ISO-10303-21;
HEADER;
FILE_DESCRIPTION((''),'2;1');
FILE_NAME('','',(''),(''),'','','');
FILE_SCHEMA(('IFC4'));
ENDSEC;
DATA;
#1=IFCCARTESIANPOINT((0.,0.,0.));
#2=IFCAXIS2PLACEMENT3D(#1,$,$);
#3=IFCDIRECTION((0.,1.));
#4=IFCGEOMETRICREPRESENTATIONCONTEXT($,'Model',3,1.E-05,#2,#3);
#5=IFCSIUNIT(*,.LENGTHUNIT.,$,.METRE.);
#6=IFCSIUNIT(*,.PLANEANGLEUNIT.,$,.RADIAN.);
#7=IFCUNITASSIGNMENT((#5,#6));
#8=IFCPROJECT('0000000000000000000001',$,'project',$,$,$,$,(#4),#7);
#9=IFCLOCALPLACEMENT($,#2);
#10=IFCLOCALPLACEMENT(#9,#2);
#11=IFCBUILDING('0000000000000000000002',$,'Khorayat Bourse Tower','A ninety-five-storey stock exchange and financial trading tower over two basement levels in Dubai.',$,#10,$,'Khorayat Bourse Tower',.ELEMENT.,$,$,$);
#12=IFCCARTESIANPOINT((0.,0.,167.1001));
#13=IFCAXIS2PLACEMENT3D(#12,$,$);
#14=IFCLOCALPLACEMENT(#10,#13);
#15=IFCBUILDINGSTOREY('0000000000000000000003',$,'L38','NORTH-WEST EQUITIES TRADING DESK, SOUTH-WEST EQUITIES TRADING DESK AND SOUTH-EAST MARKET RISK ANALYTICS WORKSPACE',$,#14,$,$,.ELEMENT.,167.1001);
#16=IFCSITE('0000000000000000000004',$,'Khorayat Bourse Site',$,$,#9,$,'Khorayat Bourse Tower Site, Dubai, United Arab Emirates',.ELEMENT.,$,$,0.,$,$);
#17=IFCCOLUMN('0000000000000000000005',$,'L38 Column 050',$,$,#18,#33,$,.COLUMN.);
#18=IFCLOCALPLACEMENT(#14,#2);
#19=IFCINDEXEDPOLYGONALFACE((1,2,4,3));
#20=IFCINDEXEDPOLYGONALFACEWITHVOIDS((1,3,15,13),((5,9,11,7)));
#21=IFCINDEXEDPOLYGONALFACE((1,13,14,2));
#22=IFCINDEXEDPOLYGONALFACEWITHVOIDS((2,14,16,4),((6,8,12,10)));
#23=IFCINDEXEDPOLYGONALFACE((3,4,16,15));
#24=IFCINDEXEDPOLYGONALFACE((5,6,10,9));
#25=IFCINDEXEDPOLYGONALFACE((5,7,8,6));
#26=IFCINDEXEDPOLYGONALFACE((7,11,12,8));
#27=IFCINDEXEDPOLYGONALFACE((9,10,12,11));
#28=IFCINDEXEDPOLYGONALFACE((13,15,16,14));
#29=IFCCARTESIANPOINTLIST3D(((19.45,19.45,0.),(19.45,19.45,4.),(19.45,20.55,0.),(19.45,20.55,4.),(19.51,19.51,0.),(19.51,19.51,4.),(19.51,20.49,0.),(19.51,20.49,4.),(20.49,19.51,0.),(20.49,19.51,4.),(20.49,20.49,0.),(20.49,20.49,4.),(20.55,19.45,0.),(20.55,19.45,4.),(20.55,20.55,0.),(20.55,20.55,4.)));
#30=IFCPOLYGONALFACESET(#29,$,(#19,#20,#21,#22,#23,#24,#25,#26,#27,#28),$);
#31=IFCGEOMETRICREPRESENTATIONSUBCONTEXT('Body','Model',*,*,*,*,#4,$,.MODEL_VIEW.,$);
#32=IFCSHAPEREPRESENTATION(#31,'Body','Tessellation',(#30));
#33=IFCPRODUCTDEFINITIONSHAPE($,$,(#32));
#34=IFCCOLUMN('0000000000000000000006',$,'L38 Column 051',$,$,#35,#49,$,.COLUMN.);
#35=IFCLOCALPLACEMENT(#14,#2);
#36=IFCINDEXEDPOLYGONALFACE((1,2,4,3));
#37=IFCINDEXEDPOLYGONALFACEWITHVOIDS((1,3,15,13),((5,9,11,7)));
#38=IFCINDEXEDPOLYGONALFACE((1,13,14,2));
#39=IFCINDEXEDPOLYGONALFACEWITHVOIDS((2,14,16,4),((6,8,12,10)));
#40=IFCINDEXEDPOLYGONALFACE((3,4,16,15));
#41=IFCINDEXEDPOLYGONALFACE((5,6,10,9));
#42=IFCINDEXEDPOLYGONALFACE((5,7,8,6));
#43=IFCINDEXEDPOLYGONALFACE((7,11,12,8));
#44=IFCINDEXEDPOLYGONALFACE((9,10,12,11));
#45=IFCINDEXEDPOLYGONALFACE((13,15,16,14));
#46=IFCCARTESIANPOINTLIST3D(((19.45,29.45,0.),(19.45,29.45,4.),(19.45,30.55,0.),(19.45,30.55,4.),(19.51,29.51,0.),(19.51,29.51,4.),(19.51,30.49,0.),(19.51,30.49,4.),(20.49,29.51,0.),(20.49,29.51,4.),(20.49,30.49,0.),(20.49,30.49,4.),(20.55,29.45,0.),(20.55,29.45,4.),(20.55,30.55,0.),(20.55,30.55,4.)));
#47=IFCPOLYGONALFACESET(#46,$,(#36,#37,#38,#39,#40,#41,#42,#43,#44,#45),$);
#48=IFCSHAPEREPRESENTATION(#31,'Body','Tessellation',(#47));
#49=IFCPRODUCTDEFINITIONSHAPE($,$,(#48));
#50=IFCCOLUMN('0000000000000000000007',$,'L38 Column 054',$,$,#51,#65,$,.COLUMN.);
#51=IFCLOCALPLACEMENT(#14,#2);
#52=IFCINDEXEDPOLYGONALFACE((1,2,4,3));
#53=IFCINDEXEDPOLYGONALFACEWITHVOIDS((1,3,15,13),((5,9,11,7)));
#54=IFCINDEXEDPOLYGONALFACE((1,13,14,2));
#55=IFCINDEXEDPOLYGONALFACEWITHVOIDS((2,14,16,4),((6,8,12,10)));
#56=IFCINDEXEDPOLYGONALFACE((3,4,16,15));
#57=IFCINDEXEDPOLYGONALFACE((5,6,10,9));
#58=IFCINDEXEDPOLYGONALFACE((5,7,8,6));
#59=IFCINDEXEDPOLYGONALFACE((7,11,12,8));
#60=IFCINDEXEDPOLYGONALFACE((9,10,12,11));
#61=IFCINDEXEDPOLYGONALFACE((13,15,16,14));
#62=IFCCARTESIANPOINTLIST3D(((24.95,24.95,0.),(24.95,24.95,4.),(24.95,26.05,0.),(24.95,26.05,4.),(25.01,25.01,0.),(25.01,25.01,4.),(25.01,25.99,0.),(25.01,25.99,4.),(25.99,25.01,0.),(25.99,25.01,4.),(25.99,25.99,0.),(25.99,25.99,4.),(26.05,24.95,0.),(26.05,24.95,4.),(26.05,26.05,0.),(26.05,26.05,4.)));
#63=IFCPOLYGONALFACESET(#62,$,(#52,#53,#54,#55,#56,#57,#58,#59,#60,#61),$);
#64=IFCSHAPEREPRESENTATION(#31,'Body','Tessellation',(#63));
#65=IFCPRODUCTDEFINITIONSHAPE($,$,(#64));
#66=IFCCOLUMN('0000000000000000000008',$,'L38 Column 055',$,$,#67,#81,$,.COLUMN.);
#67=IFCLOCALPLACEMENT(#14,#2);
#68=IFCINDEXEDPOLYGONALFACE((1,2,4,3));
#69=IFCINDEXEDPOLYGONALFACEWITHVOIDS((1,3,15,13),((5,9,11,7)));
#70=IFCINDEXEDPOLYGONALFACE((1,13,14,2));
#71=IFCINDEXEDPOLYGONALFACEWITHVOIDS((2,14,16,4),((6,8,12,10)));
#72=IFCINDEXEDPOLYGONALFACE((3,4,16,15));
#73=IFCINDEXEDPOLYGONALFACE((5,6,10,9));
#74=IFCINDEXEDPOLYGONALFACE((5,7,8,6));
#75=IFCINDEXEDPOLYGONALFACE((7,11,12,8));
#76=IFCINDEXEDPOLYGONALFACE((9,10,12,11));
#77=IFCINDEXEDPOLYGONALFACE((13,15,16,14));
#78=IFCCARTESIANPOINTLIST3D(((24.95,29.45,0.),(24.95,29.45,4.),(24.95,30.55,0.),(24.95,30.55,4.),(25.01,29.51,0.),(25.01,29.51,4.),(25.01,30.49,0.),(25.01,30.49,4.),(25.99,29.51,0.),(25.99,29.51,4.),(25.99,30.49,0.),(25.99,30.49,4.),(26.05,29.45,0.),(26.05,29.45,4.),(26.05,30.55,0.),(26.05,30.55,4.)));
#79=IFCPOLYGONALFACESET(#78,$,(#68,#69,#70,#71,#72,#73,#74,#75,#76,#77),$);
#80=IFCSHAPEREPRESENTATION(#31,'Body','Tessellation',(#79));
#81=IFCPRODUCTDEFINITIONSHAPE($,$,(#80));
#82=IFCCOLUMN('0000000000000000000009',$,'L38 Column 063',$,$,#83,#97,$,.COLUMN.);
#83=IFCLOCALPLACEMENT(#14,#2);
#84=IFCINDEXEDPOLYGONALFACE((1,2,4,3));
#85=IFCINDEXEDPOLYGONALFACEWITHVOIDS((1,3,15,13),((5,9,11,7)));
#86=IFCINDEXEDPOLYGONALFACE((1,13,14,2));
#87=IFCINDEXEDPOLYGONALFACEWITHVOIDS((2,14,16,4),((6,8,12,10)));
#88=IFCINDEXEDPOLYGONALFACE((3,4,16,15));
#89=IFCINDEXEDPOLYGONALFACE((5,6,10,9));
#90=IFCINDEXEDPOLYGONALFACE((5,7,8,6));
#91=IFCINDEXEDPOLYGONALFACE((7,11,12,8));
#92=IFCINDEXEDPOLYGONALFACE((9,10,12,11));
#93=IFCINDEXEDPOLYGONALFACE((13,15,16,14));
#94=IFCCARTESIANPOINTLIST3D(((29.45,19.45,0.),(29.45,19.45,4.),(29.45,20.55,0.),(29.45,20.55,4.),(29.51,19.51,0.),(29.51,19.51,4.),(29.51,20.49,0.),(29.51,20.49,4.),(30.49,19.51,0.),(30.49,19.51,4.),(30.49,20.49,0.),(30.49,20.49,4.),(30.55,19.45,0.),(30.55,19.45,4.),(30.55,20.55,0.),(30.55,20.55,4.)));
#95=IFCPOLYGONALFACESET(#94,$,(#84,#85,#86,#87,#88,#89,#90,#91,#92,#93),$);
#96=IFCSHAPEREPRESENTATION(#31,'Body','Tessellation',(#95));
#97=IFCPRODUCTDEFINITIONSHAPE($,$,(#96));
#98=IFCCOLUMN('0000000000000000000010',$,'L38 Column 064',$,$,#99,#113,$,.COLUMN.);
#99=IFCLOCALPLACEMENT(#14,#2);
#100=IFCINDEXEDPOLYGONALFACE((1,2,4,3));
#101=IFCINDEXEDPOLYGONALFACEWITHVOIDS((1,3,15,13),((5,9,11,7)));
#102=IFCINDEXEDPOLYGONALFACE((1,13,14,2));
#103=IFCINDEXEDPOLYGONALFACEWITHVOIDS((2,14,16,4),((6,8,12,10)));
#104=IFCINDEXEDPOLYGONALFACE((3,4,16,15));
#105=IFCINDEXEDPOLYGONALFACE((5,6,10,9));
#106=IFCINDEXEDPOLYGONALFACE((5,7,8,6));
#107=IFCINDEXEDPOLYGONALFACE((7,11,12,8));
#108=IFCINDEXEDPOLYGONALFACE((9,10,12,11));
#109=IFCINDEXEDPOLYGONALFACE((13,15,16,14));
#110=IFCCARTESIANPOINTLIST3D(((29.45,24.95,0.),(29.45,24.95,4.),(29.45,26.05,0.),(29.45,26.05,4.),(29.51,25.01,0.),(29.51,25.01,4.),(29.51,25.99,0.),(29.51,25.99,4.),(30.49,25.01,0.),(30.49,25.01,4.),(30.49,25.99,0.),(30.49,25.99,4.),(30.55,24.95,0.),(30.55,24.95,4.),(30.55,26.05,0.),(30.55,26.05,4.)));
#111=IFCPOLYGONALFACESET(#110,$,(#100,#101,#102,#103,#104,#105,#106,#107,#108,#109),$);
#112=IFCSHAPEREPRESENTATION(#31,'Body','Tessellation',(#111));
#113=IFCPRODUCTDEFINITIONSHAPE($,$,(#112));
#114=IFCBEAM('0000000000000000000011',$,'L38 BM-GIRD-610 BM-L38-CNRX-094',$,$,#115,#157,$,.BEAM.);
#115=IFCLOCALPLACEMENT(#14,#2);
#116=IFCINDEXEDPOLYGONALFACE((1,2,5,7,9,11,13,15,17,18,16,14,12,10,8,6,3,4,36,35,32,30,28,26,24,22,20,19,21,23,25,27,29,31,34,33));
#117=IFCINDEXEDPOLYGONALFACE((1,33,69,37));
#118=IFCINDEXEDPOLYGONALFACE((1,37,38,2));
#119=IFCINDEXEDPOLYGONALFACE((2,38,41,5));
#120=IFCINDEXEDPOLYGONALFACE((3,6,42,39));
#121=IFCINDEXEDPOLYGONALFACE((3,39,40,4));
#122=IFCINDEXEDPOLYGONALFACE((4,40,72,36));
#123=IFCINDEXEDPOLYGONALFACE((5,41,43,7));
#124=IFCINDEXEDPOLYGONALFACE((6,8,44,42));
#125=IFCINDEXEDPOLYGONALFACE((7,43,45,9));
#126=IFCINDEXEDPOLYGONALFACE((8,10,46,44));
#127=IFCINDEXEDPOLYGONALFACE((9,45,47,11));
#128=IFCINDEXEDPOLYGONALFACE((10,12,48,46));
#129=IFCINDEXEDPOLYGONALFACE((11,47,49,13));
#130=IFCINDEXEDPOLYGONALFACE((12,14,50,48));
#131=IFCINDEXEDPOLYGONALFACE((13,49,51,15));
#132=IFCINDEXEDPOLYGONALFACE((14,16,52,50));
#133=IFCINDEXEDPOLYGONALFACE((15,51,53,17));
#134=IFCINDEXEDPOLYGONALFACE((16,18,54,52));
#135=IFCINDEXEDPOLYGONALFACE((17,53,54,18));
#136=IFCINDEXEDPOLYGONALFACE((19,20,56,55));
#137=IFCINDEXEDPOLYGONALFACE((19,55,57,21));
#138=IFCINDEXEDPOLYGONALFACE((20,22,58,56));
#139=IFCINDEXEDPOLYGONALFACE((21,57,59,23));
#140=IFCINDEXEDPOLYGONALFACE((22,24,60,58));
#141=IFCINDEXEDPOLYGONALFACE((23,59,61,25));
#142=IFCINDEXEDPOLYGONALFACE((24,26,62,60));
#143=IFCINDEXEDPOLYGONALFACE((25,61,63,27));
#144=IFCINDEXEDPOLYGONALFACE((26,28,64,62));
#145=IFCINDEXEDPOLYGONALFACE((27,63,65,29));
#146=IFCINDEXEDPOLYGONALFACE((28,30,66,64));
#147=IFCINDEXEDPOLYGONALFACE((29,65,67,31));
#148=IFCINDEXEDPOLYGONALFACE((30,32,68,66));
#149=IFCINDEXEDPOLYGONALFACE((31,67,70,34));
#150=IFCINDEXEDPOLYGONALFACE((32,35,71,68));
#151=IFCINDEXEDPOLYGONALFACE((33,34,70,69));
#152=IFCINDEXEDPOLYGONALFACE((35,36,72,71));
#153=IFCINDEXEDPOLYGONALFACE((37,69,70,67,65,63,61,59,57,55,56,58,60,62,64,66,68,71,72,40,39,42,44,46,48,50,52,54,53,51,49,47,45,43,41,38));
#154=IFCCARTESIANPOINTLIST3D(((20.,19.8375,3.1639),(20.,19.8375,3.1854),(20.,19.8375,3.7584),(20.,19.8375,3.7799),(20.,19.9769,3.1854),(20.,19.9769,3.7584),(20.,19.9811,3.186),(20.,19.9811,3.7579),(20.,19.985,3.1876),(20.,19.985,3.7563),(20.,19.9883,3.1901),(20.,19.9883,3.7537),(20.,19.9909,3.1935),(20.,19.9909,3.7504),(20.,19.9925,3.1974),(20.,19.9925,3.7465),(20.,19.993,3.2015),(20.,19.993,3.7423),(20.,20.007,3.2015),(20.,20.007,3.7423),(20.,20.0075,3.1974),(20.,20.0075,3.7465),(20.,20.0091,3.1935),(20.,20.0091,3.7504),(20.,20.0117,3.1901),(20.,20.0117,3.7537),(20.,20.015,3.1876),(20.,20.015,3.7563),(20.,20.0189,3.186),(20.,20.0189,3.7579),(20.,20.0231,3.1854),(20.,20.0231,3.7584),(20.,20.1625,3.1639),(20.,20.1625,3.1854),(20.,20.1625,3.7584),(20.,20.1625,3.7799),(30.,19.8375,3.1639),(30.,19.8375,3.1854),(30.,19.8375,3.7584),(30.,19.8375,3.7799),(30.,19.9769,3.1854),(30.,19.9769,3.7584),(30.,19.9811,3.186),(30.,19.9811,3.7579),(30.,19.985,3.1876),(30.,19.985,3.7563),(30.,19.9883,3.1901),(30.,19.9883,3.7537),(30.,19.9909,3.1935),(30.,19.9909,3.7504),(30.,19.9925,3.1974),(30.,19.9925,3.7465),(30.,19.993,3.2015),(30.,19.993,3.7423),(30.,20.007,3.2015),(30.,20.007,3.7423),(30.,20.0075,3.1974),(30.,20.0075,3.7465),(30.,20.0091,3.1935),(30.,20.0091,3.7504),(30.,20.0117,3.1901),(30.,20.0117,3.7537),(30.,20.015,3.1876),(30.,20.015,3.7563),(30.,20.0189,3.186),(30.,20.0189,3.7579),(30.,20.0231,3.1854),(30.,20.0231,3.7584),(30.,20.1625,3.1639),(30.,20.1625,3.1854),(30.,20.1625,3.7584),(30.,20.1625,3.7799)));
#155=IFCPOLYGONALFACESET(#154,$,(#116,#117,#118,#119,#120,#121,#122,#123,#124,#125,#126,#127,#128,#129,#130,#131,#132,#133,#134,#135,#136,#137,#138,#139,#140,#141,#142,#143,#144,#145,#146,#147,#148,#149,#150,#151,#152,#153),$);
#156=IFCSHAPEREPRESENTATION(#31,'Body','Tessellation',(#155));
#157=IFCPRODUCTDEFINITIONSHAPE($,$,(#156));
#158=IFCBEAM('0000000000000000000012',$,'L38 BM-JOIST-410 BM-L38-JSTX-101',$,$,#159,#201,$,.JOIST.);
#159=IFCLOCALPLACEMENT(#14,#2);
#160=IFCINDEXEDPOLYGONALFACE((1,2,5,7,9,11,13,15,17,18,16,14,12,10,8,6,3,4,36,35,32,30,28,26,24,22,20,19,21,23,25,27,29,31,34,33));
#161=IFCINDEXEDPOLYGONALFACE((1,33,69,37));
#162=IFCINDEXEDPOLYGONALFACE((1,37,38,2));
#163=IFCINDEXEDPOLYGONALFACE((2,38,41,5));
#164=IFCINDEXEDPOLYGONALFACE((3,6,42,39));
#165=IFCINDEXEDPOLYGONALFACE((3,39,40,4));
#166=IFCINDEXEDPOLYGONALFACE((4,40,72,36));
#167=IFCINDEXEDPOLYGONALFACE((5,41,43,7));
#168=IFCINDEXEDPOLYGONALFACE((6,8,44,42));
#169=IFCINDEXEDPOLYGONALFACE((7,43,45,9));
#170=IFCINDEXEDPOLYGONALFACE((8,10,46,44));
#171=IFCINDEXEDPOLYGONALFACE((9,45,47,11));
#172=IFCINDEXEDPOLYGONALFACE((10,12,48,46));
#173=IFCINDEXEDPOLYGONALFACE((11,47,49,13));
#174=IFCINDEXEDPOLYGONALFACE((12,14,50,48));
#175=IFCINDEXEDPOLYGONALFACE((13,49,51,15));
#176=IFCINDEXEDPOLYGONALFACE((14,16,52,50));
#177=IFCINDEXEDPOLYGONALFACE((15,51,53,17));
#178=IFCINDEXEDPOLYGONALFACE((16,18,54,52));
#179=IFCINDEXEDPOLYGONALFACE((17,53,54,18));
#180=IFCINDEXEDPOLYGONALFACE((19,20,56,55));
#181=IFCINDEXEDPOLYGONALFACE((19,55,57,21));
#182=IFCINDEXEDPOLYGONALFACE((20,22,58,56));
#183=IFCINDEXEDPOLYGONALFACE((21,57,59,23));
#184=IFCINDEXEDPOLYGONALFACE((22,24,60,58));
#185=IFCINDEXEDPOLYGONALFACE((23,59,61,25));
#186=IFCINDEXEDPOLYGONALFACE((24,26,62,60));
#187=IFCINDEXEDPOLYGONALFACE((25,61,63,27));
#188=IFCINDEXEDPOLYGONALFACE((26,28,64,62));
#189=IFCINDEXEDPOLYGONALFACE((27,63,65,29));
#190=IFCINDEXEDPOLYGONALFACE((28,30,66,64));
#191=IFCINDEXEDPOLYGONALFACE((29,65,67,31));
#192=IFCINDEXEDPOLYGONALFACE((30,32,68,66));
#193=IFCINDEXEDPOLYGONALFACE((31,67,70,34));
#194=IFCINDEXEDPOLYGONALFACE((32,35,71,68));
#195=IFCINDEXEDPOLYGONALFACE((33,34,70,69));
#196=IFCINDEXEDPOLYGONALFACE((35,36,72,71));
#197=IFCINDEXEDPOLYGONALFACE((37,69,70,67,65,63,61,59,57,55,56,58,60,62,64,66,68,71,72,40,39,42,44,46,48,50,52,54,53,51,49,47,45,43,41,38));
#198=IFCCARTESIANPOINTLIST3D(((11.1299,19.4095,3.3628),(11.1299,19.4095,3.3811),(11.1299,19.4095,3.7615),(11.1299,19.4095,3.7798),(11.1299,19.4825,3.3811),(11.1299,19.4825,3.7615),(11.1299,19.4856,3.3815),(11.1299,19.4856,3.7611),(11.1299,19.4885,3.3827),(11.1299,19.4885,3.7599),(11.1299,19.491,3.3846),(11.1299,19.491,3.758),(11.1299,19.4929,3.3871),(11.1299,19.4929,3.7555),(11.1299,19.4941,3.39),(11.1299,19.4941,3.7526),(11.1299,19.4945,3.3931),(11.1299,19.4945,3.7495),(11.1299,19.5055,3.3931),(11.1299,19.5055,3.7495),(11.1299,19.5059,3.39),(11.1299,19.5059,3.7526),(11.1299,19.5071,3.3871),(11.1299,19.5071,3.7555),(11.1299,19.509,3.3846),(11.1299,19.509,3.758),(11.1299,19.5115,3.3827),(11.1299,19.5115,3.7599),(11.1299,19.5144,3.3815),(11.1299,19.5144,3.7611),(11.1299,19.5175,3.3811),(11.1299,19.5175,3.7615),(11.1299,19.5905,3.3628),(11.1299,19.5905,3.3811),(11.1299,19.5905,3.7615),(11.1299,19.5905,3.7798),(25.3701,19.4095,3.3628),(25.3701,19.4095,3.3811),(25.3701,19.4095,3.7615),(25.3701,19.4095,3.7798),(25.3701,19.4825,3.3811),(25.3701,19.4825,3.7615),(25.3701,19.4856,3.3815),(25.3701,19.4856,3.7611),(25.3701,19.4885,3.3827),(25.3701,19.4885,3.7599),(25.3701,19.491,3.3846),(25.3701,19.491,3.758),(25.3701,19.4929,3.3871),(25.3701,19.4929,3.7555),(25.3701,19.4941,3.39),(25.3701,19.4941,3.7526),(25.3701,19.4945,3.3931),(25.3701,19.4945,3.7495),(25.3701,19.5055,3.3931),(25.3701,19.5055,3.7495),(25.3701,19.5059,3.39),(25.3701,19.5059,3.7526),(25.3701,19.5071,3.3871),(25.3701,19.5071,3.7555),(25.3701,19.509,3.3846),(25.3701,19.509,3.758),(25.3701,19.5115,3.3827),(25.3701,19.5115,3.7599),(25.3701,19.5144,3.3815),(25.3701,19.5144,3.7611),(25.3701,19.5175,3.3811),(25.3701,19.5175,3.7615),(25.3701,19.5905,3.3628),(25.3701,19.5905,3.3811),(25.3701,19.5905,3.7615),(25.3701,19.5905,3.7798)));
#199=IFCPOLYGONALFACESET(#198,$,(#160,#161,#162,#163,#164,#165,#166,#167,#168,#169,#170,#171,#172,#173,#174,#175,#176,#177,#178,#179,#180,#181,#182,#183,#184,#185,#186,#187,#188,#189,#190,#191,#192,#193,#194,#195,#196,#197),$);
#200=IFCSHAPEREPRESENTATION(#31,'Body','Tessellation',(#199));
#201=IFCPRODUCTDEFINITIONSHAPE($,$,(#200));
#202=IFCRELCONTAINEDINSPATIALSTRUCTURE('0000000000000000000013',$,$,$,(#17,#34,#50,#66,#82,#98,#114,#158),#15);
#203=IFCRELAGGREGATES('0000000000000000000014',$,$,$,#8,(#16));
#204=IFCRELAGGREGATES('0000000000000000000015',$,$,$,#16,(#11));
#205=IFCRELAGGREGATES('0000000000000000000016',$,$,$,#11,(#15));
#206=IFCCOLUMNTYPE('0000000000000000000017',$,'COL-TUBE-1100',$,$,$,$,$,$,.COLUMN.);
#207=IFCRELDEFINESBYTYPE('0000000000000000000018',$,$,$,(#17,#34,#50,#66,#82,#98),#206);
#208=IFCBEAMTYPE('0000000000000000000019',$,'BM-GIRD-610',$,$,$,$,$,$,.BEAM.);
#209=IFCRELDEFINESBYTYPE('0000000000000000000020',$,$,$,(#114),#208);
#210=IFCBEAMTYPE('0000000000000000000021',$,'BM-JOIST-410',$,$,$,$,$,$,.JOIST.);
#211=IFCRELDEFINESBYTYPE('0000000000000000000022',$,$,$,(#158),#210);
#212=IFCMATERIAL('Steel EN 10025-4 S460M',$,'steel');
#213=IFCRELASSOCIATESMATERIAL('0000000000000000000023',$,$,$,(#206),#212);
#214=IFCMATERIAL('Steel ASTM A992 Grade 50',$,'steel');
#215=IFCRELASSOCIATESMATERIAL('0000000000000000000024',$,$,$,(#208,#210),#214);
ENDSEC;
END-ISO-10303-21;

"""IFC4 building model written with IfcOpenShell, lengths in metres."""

from ifc_helpers import new_model, si_unit, direction, frame, origin, origin_2d, place, context, subcontext, project, spatial, hollow_rectangle, i_section, extrude, source, transform, mapped, material, material_profile, profile_set, type_object, element, save


model = new_model("IFC4")

# Units and contexts
model_context = context("Model", 3, precision=1e-05, world=origin(), true_north=direction((0.0, 1.0)))
body_context = subcontext(model_context, "Body", "Model", "MODEL_VIEW")
ifc_project = project(units=[si_unit("LENGTHUNIT", "METRE"), si_unit("PLANEANGLEUNIT", "RADIAN")], contexts=[model_context])

# Site, building, storey
site_placement = place(None, origin())
site = spatial("IfcSite", under=ifc_project, at=site_placement, Name="Khorayat Bourse Site", LongName="Khorayat Bourse Tower Site, Dubai, United Arab Emirates", CompositionType="ELEMENT", RefElevation=0.0)
building_placement = place(site_placement, origin())
building = spatial("IfcBuilding", under=site, at=building_placement, Name="Khorayat Bourse Tower", Description="A ninety-five-storey stock exchange and financial trading tower over two basement levels in Dubai.", LongName="Khorayat Bourse Tower", CompositionType="ELEMENT")
storey_placement = place(building_placement, frame((0.0, 0.0, 167.1001)))
storey = spatial("IfcBuildingStorey", under=building, at=storey_placement, Name="L38", Description="NORTH-WEST EQUITIES TRADING DESK, SOUTH-WEST EQUITIES TRADING DESK AND SOUTH-EAST MARKET RISK ANALYTICS WORKSPACE", CompositionType="ELEMENT", Elevation=167.1001)

# Columns
ifc_material_1 = material(Name="Steel EN 10025-4 S460M", Category="steel")
ifc_material_profile_1 = material_profile(ifc_material_1, hollow_rectangle(XDim=1.1001, YDim=1.1001, WallThickness=0.0601, at=origin_2d()), Name="BOX 1100x1100x60")
ifc_profile_set_1 = profile_set([ifc_material_profile_1], Name="Steel EN 10025-4 S460M")
column_type = type_object("IfcColumnType", Name="COL-TUBE-1100", PredefinedType="COLUMN", material=ifc_profile_set_1)
shared_shape_1 = source(origin(), body_context, "Body", "SweptSolid", [
    extrude(hollow_rectangle(XDim=1.1001, YDim=1.1001, WallThickness=0.0601, at=origin_2d()), origin(), (0.0, 0.0, 1.0), 4.0),
])
for number, where, z_axis, x_axis, name in (
    (1, (20.0, 20.0, 0.0), (0.0, 0.0, 1.0), (1.0, 0.0, 0.0), "L38 Column 050"),
    (2, (20.0, 30.0, 0.0), (0.0, 0.0, 1.0), (1.0, 0.0, 0.0), "L38 Column 051"),
    (3, (25.5, 25.5, 0.0), (0.0, 0.0, 1.0), (1.0, 0.0, 0.0), "L38 Column 054"),
    (4, (25.5, 30.0, 0.0), (0.0, 0.0, 1.0), (1.0, 0.0, 0.0), "L38 Column 055"),
    (5, (30.0, 20.0, 0.0), (0.0, 0.0, 1.0), (1.0, 0.0, 0.0), "L38 Column 063"),
    (6, (30.0, 25.5, 0.0), (0.0, 0.0, 1.0), (1.0, 0.0, 0.0), "L38 Column 064"),
):
    element("IfcColumn", number, at=place(storey_placement, frame(where, z_axis=z_axis, x_axis=x_axis)), inside=storey, type_object=column_type, Name=name, PredefinedType="COLUMN", context=body_context, shape_type="MappedRepresentation", body=[
        mapped(shared_shape_1, transform((0.0, 0.0, 0.0), scale=1.0)),
    ])

# Beams
ifc_material_2 = material(Name="Steel ASTM A992 Grade 50", Category="steel")
ifc_material_profile_2 = material_profile(ifc_material_2, i_section(OverallWidth=0.325, OverallDepth=0.616, WebThickness=0.0139, FlangeThickness=0.0215, FilletRadius=0.0161, at=origin_2d()), Name="W610X174")
ifc_profile_set_2 = profile_set([ifc_material_profile_2], Name="Steel ASTM A992 Grade 50")
beam_type_1 = type_object("IfcBeamType", Name="BM-GIRD-610", PredefinedType="BEAM", material=ifc_profile_set_2)
shared_shape_2 = source(origin(), body_context, "Body", "SweptSolid", [
    extrude(i_section(OverallWidth=0.325, OverallDepth=0.616, WebThickness=0.0139, FlangeThickness=0.0215, FilletRadius=0.0161, at=origin_2d()), origin(), (0.0, 0.0, 1.0), 10.0),
])
beam_1_placement = place(storey_placement, frame((20.0, 20.0, 3.4719), z_axis=(1.0, 0.0, 0.0), x_axis=(0.0, 1.0, 0.0)))
element("IfcBeam", 7, at=beam_1_placement, inside=storey, type_object=beam_type_1, Name="L38 BM-GIRD-610 BM-L38-CNRX-094", PredefinedType="BEAM", context=body_context, shape_type="MappedRepresentation", body=[
    mapped(shared_shape_2, transform((0.0, 0.0, 0.0), scale=1.0)),
])
ifc_material_profile_3 = material_profile(ifc_material_2, i_section(OverallWidth=0.1809, OverallDepth=0.417, WebThickness=0.011, FlangeThickness=0.0183, FilletRadius=0.012, at=origin_2d()), Name="W410X85")
ifc_profile_set_3 = profile_set([ifc_material_profile_3], Name="Steel ASTM A992 Grade 50")
beam_type_2 = type_object("IfcBeamType", Name="BM-JOIST-410", PredefinedType="JOIST", material=ifc_profile_set_3)
shared_shape_3 = source(origin(), body_context, "Body", "SweptSolid", [
    extrude(i_section(OverallWidth=0.1809, OverallDepth=0.417, WebThickness=0.011, FlangeThickness=0.0183, FilletRadius=0.012, at=origin_2d()), origin(), (0.0, 0.0, 1.0), 14.2402),
])
beam_2_placement = place(storey_placement, frame((11.1299, 19.5, 3.5713), z_axis=(1.0, 0.0, 0.0), x_axis=(0.0, 1.0, 0.0)))
element("IfcBeam", 8, at=beam_2_placement, inside=storey, type_object=beam_type_2, Name="L38 BM-JOIST-410 BM-L38-JSTX-101", PredefinedType="JOIST", context=body_context, shape_type="MappedRepresentation", body=[
    mapped(shared_shape_3, transform((0.0, 0.0, 0.0), scale=1.0)),
])

save(model, "model.ifc")
